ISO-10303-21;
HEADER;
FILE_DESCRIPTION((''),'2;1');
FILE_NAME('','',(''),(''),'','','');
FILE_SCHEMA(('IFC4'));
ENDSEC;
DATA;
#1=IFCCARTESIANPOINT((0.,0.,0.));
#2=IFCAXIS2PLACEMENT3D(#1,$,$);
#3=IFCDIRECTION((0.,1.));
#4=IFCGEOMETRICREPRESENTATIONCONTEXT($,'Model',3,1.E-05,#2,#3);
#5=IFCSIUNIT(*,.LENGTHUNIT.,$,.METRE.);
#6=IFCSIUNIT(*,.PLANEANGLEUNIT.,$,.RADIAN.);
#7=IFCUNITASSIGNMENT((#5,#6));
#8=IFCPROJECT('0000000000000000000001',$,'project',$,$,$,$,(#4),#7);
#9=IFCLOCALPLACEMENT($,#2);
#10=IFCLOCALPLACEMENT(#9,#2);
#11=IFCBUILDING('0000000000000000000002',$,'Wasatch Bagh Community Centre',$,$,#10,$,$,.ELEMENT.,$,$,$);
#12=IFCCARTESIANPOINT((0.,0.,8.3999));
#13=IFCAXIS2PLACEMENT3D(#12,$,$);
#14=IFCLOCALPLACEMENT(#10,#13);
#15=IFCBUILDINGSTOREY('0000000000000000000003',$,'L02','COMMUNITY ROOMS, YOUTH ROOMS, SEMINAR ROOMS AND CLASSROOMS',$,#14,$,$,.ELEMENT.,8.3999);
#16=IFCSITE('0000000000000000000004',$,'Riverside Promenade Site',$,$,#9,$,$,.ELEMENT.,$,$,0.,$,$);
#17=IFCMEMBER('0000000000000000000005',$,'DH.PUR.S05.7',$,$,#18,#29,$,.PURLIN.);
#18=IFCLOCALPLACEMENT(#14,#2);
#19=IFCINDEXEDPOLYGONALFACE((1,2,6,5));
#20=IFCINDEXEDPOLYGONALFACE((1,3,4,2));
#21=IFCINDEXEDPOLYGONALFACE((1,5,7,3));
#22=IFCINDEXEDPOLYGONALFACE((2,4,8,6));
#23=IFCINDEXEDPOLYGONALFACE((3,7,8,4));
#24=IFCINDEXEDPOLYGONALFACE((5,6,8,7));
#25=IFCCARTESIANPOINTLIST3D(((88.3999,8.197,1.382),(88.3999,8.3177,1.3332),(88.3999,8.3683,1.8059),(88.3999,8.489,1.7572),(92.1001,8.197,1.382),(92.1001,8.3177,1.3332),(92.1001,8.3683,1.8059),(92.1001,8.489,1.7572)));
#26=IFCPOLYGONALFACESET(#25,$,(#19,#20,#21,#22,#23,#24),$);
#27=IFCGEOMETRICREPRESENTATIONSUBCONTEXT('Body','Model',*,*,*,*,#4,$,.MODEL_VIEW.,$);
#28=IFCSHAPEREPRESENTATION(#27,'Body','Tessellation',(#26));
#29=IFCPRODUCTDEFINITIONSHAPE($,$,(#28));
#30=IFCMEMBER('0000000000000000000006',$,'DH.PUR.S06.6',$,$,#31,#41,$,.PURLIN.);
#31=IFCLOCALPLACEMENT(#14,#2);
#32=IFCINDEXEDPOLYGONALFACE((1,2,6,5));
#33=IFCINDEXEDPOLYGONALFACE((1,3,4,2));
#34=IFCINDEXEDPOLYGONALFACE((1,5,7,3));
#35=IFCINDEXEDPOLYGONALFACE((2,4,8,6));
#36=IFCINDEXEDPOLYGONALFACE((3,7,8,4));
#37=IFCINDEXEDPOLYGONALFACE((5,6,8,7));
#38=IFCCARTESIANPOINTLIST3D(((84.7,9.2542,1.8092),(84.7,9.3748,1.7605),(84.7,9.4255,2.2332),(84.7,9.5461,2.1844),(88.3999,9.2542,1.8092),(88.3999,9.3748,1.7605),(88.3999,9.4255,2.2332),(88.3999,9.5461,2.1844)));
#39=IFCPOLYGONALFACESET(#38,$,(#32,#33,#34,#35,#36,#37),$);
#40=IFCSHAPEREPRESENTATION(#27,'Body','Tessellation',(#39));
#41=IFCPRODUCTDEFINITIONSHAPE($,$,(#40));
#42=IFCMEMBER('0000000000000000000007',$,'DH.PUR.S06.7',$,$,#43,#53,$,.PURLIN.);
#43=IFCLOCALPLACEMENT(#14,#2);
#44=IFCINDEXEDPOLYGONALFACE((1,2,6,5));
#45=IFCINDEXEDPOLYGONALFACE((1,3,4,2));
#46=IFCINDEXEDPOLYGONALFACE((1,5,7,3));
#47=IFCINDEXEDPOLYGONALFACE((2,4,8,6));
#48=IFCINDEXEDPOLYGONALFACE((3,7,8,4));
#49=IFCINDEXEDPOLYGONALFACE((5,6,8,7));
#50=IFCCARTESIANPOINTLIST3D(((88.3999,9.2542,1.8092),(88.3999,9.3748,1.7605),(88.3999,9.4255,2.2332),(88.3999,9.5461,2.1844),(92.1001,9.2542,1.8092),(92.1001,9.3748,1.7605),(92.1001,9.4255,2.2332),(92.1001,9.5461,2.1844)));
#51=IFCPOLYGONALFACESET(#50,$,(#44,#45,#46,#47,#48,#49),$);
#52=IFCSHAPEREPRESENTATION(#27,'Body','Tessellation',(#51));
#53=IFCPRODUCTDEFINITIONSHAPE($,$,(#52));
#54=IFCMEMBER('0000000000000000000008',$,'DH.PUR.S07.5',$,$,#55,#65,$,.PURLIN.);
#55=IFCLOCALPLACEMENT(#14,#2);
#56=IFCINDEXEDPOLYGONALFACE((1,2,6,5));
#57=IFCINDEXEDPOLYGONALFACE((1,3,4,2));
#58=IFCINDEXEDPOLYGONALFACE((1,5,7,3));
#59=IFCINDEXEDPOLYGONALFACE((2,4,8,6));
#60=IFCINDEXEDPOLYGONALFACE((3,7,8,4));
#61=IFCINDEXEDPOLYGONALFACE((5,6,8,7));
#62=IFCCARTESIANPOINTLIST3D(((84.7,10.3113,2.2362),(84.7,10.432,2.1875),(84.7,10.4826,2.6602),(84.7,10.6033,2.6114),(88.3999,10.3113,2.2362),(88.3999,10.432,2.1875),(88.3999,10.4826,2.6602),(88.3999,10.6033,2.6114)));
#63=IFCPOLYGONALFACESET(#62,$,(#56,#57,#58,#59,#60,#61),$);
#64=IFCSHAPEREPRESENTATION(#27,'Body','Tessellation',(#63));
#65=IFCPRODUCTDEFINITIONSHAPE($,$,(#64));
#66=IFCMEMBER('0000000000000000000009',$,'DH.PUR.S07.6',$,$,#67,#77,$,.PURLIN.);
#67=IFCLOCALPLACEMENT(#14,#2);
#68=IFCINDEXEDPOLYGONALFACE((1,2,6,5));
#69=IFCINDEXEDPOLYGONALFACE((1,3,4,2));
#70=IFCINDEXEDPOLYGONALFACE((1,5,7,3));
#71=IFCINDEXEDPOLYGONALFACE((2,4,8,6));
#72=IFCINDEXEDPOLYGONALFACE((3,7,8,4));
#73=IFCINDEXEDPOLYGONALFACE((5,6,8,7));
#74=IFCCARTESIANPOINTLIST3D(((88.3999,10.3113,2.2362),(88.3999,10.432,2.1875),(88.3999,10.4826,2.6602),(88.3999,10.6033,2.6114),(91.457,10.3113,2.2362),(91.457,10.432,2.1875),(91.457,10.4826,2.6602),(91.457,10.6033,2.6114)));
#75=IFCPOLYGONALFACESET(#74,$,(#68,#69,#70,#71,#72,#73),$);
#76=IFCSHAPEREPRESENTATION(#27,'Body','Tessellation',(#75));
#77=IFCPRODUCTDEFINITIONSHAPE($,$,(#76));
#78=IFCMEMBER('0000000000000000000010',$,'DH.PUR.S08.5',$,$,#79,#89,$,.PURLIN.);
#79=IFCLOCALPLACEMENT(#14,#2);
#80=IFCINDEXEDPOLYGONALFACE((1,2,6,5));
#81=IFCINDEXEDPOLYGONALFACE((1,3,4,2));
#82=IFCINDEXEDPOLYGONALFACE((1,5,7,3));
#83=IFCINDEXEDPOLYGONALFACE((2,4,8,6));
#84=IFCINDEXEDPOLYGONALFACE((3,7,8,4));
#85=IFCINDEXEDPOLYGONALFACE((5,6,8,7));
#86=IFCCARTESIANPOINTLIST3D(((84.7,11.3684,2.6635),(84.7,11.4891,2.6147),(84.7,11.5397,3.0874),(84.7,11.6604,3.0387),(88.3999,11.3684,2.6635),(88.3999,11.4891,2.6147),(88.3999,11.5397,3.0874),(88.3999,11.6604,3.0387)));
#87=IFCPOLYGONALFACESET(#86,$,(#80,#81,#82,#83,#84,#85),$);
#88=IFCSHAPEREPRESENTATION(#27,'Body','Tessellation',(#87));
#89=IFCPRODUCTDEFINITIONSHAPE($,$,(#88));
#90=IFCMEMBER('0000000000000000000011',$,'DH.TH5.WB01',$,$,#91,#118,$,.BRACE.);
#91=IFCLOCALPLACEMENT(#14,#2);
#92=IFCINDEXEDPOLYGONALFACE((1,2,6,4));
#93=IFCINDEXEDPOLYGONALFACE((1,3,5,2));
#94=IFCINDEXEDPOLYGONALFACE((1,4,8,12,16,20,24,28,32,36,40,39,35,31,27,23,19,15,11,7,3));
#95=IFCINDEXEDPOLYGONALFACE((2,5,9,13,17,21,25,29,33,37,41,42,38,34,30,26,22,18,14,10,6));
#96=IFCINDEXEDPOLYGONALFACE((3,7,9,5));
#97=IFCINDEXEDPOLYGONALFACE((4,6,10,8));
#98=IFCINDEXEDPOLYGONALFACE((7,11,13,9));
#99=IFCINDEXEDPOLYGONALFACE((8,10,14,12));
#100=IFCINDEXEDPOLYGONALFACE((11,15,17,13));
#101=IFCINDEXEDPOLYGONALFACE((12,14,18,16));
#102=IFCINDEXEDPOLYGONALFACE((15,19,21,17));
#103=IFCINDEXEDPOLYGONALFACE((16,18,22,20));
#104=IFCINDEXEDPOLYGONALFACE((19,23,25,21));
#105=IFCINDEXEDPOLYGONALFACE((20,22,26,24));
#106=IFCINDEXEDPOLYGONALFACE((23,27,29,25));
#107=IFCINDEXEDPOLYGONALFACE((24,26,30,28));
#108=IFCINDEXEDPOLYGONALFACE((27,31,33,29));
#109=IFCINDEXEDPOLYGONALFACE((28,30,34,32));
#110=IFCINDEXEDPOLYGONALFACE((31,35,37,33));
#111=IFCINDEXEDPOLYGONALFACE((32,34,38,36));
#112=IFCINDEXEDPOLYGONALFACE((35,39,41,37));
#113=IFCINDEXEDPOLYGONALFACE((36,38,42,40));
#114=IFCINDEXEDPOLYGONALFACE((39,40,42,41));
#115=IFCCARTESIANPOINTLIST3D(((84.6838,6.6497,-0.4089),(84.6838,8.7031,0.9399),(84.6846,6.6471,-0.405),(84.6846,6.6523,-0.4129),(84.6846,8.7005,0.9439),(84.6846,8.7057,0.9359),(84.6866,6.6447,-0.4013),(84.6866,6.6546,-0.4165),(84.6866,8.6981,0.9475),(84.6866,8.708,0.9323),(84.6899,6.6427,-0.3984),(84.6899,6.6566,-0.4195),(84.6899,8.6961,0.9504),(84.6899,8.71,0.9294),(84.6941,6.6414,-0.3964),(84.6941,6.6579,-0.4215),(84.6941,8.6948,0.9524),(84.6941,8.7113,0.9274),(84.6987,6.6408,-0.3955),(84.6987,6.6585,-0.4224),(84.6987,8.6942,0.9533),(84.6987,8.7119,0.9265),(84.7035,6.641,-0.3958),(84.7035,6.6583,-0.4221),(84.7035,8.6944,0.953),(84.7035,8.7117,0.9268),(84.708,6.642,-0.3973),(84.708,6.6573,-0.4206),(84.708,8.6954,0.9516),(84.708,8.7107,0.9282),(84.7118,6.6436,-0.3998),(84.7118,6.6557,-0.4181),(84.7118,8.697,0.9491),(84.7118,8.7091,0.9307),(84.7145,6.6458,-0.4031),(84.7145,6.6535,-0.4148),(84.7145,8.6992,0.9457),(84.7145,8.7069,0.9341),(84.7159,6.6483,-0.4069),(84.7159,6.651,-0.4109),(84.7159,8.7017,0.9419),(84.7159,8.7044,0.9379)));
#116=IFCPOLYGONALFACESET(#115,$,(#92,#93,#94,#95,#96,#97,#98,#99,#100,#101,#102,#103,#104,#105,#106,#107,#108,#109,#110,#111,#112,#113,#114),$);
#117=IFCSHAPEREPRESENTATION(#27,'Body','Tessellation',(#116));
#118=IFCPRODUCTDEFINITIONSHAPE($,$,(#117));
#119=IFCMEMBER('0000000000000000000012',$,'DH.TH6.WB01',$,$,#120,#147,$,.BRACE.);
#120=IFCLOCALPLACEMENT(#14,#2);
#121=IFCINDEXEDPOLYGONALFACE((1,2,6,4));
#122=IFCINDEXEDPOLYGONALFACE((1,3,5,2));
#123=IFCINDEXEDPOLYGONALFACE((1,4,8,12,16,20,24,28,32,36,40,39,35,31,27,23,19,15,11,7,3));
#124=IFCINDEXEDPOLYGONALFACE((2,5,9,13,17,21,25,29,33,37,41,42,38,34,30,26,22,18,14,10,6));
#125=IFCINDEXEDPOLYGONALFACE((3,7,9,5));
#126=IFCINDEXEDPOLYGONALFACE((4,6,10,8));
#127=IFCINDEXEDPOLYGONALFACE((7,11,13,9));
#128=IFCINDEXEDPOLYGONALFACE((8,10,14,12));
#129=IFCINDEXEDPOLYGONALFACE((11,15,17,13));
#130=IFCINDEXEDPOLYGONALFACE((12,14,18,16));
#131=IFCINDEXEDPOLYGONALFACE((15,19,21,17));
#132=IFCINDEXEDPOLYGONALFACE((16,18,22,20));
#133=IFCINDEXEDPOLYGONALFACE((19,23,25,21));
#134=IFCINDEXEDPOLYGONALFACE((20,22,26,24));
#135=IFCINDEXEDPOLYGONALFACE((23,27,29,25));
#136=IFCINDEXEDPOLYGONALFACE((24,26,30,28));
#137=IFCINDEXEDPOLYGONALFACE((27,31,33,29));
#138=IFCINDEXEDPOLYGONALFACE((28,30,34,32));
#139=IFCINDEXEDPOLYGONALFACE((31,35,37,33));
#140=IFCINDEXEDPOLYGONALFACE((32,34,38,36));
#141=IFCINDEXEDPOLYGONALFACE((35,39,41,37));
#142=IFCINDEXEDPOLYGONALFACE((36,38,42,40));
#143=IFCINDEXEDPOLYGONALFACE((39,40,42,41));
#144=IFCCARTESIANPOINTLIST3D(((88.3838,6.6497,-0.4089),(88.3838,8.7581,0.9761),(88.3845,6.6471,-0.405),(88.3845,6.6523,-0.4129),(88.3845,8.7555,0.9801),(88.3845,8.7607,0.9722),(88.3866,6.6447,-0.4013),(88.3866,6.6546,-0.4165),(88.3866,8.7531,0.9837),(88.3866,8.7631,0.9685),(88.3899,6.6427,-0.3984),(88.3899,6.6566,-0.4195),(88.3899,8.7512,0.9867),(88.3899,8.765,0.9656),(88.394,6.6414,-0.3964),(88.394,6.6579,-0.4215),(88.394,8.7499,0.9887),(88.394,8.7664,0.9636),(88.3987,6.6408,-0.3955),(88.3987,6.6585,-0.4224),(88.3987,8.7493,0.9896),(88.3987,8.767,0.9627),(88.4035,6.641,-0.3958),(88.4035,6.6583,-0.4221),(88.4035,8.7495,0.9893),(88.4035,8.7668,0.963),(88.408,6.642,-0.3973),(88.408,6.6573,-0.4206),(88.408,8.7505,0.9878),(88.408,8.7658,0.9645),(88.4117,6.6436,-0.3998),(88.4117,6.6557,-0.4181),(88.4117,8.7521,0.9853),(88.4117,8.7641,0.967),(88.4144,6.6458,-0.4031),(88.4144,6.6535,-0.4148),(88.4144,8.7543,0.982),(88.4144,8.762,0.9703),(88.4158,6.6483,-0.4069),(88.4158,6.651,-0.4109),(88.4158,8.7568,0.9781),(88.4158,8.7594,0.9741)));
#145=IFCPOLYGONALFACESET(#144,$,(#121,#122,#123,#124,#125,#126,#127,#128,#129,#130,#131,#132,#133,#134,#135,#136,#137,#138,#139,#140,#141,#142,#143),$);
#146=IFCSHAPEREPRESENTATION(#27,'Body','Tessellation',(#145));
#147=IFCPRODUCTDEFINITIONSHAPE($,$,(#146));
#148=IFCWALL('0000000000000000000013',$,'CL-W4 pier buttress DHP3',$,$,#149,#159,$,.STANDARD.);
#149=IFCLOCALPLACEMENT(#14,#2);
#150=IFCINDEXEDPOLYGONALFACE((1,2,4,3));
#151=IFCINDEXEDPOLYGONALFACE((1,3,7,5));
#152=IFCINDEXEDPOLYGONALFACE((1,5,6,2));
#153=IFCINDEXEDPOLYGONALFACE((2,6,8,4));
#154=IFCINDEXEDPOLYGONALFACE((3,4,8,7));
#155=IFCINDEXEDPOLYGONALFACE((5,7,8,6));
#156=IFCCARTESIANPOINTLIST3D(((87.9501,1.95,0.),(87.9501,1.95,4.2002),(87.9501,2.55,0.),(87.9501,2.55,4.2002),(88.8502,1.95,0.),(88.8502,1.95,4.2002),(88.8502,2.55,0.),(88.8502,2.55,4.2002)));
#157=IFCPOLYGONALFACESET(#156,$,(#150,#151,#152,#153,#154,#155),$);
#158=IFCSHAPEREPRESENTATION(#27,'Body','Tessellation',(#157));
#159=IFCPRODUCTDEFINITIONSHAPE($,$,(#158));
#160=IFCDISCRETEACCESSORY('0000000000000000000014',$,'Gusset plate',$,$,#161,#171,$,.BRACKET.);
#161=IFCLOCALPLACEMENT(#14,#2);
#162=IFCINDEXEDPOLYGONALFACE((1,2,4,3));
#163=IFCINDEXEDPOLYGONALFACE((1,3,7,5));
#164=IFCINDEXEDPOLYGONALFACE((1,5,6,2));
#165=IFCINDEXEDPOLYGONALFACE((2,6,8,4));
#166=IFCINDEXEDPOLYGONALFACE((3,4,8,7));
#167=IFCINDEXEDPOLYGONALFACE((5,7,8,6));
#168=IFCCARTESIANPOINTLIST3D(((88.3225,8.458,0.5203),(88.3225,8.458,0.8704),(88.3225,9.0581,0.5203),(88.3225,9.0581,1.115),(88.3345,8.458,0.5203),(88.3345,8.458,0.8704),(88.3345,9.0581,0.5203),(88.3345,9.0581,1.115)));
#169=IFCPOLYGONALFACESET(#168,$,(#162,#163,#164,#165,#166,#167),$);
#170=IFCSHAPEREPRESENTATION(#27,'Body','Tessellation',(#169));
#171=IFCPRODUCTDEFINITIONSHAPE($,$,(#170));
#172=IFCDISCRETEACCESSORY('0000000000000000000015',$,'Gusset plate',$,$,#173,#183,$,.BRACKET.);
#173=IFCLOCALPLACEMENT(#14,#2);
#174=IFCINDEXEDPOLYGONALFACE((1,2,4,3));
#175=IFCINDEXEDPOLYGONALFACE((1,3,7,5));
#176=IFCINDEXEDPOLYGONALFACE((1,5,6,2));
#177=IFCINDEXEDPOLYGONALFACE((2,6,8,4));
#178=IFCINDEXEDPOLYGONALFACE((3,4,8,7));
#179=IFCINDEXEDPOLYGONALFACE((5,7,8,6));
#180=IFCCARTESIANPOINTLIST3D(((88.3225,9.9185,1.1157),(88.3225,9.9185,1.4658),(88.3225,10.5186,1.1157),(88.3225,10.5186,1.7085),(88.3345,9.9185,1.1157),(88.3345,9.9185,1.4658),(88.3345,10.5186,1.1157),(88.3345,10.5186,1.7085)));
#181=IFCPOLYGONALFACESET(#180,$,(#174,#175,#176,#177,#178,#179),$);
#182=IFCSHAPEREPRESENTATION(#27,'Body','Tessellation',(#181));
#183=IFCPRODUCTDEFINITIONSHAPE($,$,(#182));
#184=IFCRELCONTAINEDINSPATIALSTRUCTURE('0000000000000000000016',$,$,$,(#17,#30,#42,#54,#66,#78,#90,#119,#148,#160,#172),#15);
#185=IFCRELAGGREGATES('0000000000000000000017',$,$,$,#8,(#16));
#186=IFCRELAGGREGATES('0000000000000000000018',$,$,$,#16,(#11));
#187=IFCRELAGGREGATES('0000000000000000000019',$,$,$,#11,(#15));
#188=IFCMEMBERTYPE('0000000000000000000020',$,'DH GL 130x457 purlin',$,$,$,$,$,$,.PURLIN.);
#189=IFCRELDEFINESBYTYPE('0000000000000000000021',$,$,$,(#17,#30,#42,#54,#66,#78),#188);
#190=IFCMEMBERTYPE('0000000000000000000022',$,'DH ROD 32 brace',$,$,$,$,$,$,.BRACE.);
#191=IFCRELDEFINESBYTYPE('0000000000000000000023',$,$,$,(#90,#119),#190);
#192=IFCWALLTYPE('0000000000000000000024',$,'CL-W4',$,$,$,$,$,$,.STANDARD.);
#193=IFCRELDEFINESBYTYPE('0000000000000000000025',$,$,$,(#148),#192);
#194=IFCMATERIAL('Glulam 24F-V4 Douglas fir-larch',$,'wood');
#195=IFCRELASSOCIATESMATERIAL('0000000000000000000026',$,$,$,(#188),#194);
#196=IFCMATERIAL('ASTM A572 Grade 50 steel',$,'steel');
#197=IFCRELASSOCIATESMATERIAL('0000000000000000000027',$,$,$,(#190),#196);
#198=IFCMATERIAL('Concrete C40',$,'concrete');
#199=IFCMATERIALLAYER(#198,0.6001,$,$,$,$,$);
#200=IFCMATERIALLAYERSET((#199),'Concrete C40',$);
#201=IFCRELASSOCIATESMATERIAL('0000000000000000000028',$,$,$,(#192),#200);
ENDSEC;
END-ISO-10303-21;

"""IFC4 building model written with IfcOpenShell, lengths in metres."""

from ifc_helpers import new_model, si_unit, direction, frame, frame_2d, origin, origin_2d, place, context, subcontext, project, spatial, polyline, rectangle, circle, outline, extrude, material, layer, layer_set, material_profile, profile_set, type_object, element, save


model = new_model("IFC4")

# Units and contexts
model_context = context("Model", 3, precision=1e-05, world=origin(), true_north=direction((0.0, 1.0)))
body_context = subcontext(model_context, "Body", "Model", "MODEL_VIEW")
ifc_project = project(units=[si_unit("LENGTHUNIT", "METRE"), si_unit("PLANEANGLEUNIT", "RADIAN")], contexts=[model_context])

# Site, building, storey
site_placement = place(None, origin())
site = spatial("IfcSite", under=ifc_project, at=site_placement, Name="Riverside Promenade Site", CompositionType="ELEMENT", RefElevation=0.0)
building_placement = place(site_placement, origin())
building = spatial("IfcBuilding", under=site, at=building_placement, Name="Wasatch Bagh Community Centre", CompositionType="ELEMENT")
storey_placement = place(building_placement, frame((0.0, 0.0, 8.3999)))
storey = spatial("IfcBuildingStorey", under=building, at=storey_placement, Name="L02", Description="COMMUNITY ROOMS, YOUTH ROOMS, SEMINAR ROOMS AND CLASSROOMS", CompositionType="ELEMENT", Elevation=8.3999)

# Shared definitions
ifc_material_1 = material(Name="Concrete C40", Category="concrete")

# Members
ifc_material_2 = material(Name="Glulam 24F-V4 Douglas fir-larch", Category="wood")
ifc_material_profile_1 = material_profile(ifc_material_2, rectangle(XDim=0.1301, YDim=0.4573, at=origin_2d()), Name="GL 130x457")
ifc_profile_set_1 = profile_set([ifc_material_profile_1], Name="Glulam 24F-V4 Douglas fir-larch")
member_type_1 = type_object("IfcMemberType", Name="DH GL 130x457 purlin", PredefinedType="PURLIN", material=ifc_profile_set_1)
member_1_placement = place(storey_placement, frame((88.3999, 8.343, 1.5696), z_axis=(1.0, 0.0, 0.0), x_axis=(0.0, 0.927184, -0.374607)))
element("IfcMember", 1, at=member_1_placement, inside=storey, type_object=member_type_1, Name="DH.PUR.S05.7", PredefinedType="PURLIN", context=body_context, shape_type="SweptSolid", body=[
    extrude(rectangle(XDim=0.1301, YDim=0.4573, at=origin_2d()), origin(), (0.0, 0.0, 1.0), 3.7002),
])
member_2_placement = place(storey_placement, frame((84.7, 9.4001, 1.9968), z_axis=(1.0, 0.0, 0.0), x_axis=(0.0, 0.927184, -0.374607)))
element("IfcMember", 2, at=member_2_placement, inside=storey, type_object=member_type_1, Name="DH.PUR.S06.6", PredefinedType="PURLIN", context=body_context, shape_type="SweptSolid", body=[
    extrude(rectangle(XDim=0.1301, YDim=0.4573, at=origin_2d()), origin(), (0.0, 0.0, 1.0), 3.7),
])
member_3_placement = place(storey_placement, frame((88.3999, 9.4001, 1.9968), z_axis=(1.0, 0.0, 0.0), x_axis=(0.0, 0.927184, -0.374607)))
element("IfcMember", 3, at=member_3_placement, inside=storey, type_object=member_type_1, Name="DH.PUR.S06.7", PredefinedType="PURLIN", context=body_context, shape_type="SweptSolid", body=[
    extrude(rectangle(XDim=0.1301, YDim=0.4573, at=origin_2d()), origin(), (0.0, 0.0, 1.0), 3.7002),
])
member_4_placement = place(storey_placement, frame((84.7, 10.4573, 2.4238), z_axis=(1.0, 0.0, 0.0), x_axis=(0.0, 0.927184, -0.374607)))
element("IfcMember", 4, at=member_4_placement, inside=storey, type_object=member_type_1, Name="DH.PUR.S07.5", PredefinedType="PURLIN", context=body_context, shape_type="SweptSolid", body=[
    extrude(rectangle(XDim=0.1301, YDim=0.4573, at=origin_2d()), origin(), (0.0, 0.0, 1.0), 3.7),
])
member_5_placement = place(storey_placement, frame((88.3999, 10.4573, 2.4238), z_axis=(1.0, 0.0, 0.0), x_axis=(0.0, 0.927184, -0.374607)))
element("IfcMember", 5, at=member_5_placement, inside=storey, type_object=member_type_1, Name="DH.PUR.S07.6", PredefinedType="PURLIN", context=body_context, shape_type="SweptSolid", body=[
    extrude(rectangle(XDim=0.1301, YDim=0.4573, at=origin_2d()), origin(), (0.0, 0.0, 1.0), 3.0571),
])
member_6_placement = place(storey_placement, frame((84.7, 11.5144, 2.8511), z_axis=(1.0, 0.0, 0.0), x_axis=(0.0, 0.927184, -0.374607)))
element("IfcMember", 6, at=member_6_placement, inside=storey, type_object=member_type_1, Name="DH.PUR.S08.5", PredefinedType="PURLIN", context=body_context, shape_type="SweptSolid", body=[
    extrude(rectangle(XDim=0.1301, YDim=0.4573, at=origin_2d()), origin(), (0.0, 0.0, 1.0), 3.7),
])
ifc_material_3 = material(Name="ASTM A572 Grade 50 steel", Category="steel")
ifc_material_profile_2 = material_profile(ifc_material_3, circle(Radius=0.0161, at=origin_2d()), Name="ROD 32")
ifc_profile_set_2 = profile_set([ifc_material_profile_2], Name="ASTM A572 Grade 50 steel")
member_type_2 = type_object("IfcMemberType", Name="DH ROD 32 brace", PredefinedType="BRACE", material=ifc_profile_set_2)
member_7_placement = place(storey_placement, frame((84.7, 6.6497, -0.4089), z_axis=(0.0, 0.835807, 0.549023), x_axis=(-1.0, 0.0, 0.0)))
element("IfcMember", 7, at=member_7_placement, inside=storey, type_object=member_type_2, Name="DH.TH5.WB01", PredefinedType="BRACE", context=body_context, shape_type="SweptSolid", body=[
    extrude(circle(Radius=0.0161, at=origin_2d()), origin(), (0.0, 0.0, 1.0), 2.4568),
])
member_8_placement = place(storey_placement, frame((88.3999, 6.6497, -0.4089), z_axis=(0.0, 0.835798, 0.549037), x_axis=(-1.0, 0.0, 0.0)))
element("IfcMember", 8, at=member_8_placement, inside=storey, type_object=member_type_2, Name="DH.TH6.WB01", PredefinedType="BRACE", context=body_context, shape_type="SweptSolid", body=[
    extrude(circle(Radius=0.0161, at=origin_2d()), origin(), (0.0, 0.0, 1.0), 2.5227),
])

# Wall
ifc_layer = layer(ifc_material_1, 0.6001)
ifc_layer_set = layer_set([ifc_layer], Name="Concrete C40")
wall_type = type_object("IfcWallType", Name="CL-W4", PredefinedType="STANDARD", material=ifc_layer_set)
wall_placement = place(storey_placement, frame((87.95, 2.25, 0.0), z_axis=(0.0, 0.0, 1.0), x_axis=(1.0, 0.0, 0.0)))
element("IfcWall", 9, at=wall_placement, inside=storey, type_object=wall_type, Name="CL-W4 pier buttress DHP3", PredefinedType="STANDARD", context=body_context, shape_type="SweptSolid", body=[
    extrude(rectangle(XDim=0.9001, YDim=0.6001, at=frame_2d((0.4502, 0.0))), origin(), (0.0, 0.0, 1.0), 4.2002),
])

# Discrete accessories
discrete_accessory_1_placement = place(storey_placement, frame((88.3225, 8.458, 0.8704), z_axis=(-1.0, 0.0, 0.0), x_axis=(0.0, 0.926014, 0.377488)))
element("IfcDiscreteAccessory", 10, at=discrete_accessory_1_placement, inside=storey, Name="Gusset plate", PredefinedType="BRACKET", context=body_context, shape_type="SweptSolid", body=[
    extrude(outline(polyline([(0.0, 0.0), (0.648, 0.0), (0.4235, 0.5507), (-0.1322, 0.3242), (0.0, 0.0)])), origin(), (0.0, 0.0, -1.0), 0.012),
])
discrete_accessory_2_placement = place(storey_placement, frame((88.3225, 9.9185, 1.4658), z_axis=(-1.0, 0.0, 0.0), x_axis=(0.0, 0.927065, 0.3749)))
element("IfcDiscreteAccessory", 11, at=discrete_accessory_2_placement, inside=storey, Name="Gusset plate", PredefinedType="BRACKET", context=body_context, shape_type="SweptSolid", body=[
    extrude(outline(polyline([(0.0, 0.0), (0.6473, 0.0), (0.4251, 0.5495), (-0.1313, 0.3246), (0.0, 0.0)])), origin(), (0.0, 0.0, -1.0), 0.012),
])

save(model, "model.ifc")
